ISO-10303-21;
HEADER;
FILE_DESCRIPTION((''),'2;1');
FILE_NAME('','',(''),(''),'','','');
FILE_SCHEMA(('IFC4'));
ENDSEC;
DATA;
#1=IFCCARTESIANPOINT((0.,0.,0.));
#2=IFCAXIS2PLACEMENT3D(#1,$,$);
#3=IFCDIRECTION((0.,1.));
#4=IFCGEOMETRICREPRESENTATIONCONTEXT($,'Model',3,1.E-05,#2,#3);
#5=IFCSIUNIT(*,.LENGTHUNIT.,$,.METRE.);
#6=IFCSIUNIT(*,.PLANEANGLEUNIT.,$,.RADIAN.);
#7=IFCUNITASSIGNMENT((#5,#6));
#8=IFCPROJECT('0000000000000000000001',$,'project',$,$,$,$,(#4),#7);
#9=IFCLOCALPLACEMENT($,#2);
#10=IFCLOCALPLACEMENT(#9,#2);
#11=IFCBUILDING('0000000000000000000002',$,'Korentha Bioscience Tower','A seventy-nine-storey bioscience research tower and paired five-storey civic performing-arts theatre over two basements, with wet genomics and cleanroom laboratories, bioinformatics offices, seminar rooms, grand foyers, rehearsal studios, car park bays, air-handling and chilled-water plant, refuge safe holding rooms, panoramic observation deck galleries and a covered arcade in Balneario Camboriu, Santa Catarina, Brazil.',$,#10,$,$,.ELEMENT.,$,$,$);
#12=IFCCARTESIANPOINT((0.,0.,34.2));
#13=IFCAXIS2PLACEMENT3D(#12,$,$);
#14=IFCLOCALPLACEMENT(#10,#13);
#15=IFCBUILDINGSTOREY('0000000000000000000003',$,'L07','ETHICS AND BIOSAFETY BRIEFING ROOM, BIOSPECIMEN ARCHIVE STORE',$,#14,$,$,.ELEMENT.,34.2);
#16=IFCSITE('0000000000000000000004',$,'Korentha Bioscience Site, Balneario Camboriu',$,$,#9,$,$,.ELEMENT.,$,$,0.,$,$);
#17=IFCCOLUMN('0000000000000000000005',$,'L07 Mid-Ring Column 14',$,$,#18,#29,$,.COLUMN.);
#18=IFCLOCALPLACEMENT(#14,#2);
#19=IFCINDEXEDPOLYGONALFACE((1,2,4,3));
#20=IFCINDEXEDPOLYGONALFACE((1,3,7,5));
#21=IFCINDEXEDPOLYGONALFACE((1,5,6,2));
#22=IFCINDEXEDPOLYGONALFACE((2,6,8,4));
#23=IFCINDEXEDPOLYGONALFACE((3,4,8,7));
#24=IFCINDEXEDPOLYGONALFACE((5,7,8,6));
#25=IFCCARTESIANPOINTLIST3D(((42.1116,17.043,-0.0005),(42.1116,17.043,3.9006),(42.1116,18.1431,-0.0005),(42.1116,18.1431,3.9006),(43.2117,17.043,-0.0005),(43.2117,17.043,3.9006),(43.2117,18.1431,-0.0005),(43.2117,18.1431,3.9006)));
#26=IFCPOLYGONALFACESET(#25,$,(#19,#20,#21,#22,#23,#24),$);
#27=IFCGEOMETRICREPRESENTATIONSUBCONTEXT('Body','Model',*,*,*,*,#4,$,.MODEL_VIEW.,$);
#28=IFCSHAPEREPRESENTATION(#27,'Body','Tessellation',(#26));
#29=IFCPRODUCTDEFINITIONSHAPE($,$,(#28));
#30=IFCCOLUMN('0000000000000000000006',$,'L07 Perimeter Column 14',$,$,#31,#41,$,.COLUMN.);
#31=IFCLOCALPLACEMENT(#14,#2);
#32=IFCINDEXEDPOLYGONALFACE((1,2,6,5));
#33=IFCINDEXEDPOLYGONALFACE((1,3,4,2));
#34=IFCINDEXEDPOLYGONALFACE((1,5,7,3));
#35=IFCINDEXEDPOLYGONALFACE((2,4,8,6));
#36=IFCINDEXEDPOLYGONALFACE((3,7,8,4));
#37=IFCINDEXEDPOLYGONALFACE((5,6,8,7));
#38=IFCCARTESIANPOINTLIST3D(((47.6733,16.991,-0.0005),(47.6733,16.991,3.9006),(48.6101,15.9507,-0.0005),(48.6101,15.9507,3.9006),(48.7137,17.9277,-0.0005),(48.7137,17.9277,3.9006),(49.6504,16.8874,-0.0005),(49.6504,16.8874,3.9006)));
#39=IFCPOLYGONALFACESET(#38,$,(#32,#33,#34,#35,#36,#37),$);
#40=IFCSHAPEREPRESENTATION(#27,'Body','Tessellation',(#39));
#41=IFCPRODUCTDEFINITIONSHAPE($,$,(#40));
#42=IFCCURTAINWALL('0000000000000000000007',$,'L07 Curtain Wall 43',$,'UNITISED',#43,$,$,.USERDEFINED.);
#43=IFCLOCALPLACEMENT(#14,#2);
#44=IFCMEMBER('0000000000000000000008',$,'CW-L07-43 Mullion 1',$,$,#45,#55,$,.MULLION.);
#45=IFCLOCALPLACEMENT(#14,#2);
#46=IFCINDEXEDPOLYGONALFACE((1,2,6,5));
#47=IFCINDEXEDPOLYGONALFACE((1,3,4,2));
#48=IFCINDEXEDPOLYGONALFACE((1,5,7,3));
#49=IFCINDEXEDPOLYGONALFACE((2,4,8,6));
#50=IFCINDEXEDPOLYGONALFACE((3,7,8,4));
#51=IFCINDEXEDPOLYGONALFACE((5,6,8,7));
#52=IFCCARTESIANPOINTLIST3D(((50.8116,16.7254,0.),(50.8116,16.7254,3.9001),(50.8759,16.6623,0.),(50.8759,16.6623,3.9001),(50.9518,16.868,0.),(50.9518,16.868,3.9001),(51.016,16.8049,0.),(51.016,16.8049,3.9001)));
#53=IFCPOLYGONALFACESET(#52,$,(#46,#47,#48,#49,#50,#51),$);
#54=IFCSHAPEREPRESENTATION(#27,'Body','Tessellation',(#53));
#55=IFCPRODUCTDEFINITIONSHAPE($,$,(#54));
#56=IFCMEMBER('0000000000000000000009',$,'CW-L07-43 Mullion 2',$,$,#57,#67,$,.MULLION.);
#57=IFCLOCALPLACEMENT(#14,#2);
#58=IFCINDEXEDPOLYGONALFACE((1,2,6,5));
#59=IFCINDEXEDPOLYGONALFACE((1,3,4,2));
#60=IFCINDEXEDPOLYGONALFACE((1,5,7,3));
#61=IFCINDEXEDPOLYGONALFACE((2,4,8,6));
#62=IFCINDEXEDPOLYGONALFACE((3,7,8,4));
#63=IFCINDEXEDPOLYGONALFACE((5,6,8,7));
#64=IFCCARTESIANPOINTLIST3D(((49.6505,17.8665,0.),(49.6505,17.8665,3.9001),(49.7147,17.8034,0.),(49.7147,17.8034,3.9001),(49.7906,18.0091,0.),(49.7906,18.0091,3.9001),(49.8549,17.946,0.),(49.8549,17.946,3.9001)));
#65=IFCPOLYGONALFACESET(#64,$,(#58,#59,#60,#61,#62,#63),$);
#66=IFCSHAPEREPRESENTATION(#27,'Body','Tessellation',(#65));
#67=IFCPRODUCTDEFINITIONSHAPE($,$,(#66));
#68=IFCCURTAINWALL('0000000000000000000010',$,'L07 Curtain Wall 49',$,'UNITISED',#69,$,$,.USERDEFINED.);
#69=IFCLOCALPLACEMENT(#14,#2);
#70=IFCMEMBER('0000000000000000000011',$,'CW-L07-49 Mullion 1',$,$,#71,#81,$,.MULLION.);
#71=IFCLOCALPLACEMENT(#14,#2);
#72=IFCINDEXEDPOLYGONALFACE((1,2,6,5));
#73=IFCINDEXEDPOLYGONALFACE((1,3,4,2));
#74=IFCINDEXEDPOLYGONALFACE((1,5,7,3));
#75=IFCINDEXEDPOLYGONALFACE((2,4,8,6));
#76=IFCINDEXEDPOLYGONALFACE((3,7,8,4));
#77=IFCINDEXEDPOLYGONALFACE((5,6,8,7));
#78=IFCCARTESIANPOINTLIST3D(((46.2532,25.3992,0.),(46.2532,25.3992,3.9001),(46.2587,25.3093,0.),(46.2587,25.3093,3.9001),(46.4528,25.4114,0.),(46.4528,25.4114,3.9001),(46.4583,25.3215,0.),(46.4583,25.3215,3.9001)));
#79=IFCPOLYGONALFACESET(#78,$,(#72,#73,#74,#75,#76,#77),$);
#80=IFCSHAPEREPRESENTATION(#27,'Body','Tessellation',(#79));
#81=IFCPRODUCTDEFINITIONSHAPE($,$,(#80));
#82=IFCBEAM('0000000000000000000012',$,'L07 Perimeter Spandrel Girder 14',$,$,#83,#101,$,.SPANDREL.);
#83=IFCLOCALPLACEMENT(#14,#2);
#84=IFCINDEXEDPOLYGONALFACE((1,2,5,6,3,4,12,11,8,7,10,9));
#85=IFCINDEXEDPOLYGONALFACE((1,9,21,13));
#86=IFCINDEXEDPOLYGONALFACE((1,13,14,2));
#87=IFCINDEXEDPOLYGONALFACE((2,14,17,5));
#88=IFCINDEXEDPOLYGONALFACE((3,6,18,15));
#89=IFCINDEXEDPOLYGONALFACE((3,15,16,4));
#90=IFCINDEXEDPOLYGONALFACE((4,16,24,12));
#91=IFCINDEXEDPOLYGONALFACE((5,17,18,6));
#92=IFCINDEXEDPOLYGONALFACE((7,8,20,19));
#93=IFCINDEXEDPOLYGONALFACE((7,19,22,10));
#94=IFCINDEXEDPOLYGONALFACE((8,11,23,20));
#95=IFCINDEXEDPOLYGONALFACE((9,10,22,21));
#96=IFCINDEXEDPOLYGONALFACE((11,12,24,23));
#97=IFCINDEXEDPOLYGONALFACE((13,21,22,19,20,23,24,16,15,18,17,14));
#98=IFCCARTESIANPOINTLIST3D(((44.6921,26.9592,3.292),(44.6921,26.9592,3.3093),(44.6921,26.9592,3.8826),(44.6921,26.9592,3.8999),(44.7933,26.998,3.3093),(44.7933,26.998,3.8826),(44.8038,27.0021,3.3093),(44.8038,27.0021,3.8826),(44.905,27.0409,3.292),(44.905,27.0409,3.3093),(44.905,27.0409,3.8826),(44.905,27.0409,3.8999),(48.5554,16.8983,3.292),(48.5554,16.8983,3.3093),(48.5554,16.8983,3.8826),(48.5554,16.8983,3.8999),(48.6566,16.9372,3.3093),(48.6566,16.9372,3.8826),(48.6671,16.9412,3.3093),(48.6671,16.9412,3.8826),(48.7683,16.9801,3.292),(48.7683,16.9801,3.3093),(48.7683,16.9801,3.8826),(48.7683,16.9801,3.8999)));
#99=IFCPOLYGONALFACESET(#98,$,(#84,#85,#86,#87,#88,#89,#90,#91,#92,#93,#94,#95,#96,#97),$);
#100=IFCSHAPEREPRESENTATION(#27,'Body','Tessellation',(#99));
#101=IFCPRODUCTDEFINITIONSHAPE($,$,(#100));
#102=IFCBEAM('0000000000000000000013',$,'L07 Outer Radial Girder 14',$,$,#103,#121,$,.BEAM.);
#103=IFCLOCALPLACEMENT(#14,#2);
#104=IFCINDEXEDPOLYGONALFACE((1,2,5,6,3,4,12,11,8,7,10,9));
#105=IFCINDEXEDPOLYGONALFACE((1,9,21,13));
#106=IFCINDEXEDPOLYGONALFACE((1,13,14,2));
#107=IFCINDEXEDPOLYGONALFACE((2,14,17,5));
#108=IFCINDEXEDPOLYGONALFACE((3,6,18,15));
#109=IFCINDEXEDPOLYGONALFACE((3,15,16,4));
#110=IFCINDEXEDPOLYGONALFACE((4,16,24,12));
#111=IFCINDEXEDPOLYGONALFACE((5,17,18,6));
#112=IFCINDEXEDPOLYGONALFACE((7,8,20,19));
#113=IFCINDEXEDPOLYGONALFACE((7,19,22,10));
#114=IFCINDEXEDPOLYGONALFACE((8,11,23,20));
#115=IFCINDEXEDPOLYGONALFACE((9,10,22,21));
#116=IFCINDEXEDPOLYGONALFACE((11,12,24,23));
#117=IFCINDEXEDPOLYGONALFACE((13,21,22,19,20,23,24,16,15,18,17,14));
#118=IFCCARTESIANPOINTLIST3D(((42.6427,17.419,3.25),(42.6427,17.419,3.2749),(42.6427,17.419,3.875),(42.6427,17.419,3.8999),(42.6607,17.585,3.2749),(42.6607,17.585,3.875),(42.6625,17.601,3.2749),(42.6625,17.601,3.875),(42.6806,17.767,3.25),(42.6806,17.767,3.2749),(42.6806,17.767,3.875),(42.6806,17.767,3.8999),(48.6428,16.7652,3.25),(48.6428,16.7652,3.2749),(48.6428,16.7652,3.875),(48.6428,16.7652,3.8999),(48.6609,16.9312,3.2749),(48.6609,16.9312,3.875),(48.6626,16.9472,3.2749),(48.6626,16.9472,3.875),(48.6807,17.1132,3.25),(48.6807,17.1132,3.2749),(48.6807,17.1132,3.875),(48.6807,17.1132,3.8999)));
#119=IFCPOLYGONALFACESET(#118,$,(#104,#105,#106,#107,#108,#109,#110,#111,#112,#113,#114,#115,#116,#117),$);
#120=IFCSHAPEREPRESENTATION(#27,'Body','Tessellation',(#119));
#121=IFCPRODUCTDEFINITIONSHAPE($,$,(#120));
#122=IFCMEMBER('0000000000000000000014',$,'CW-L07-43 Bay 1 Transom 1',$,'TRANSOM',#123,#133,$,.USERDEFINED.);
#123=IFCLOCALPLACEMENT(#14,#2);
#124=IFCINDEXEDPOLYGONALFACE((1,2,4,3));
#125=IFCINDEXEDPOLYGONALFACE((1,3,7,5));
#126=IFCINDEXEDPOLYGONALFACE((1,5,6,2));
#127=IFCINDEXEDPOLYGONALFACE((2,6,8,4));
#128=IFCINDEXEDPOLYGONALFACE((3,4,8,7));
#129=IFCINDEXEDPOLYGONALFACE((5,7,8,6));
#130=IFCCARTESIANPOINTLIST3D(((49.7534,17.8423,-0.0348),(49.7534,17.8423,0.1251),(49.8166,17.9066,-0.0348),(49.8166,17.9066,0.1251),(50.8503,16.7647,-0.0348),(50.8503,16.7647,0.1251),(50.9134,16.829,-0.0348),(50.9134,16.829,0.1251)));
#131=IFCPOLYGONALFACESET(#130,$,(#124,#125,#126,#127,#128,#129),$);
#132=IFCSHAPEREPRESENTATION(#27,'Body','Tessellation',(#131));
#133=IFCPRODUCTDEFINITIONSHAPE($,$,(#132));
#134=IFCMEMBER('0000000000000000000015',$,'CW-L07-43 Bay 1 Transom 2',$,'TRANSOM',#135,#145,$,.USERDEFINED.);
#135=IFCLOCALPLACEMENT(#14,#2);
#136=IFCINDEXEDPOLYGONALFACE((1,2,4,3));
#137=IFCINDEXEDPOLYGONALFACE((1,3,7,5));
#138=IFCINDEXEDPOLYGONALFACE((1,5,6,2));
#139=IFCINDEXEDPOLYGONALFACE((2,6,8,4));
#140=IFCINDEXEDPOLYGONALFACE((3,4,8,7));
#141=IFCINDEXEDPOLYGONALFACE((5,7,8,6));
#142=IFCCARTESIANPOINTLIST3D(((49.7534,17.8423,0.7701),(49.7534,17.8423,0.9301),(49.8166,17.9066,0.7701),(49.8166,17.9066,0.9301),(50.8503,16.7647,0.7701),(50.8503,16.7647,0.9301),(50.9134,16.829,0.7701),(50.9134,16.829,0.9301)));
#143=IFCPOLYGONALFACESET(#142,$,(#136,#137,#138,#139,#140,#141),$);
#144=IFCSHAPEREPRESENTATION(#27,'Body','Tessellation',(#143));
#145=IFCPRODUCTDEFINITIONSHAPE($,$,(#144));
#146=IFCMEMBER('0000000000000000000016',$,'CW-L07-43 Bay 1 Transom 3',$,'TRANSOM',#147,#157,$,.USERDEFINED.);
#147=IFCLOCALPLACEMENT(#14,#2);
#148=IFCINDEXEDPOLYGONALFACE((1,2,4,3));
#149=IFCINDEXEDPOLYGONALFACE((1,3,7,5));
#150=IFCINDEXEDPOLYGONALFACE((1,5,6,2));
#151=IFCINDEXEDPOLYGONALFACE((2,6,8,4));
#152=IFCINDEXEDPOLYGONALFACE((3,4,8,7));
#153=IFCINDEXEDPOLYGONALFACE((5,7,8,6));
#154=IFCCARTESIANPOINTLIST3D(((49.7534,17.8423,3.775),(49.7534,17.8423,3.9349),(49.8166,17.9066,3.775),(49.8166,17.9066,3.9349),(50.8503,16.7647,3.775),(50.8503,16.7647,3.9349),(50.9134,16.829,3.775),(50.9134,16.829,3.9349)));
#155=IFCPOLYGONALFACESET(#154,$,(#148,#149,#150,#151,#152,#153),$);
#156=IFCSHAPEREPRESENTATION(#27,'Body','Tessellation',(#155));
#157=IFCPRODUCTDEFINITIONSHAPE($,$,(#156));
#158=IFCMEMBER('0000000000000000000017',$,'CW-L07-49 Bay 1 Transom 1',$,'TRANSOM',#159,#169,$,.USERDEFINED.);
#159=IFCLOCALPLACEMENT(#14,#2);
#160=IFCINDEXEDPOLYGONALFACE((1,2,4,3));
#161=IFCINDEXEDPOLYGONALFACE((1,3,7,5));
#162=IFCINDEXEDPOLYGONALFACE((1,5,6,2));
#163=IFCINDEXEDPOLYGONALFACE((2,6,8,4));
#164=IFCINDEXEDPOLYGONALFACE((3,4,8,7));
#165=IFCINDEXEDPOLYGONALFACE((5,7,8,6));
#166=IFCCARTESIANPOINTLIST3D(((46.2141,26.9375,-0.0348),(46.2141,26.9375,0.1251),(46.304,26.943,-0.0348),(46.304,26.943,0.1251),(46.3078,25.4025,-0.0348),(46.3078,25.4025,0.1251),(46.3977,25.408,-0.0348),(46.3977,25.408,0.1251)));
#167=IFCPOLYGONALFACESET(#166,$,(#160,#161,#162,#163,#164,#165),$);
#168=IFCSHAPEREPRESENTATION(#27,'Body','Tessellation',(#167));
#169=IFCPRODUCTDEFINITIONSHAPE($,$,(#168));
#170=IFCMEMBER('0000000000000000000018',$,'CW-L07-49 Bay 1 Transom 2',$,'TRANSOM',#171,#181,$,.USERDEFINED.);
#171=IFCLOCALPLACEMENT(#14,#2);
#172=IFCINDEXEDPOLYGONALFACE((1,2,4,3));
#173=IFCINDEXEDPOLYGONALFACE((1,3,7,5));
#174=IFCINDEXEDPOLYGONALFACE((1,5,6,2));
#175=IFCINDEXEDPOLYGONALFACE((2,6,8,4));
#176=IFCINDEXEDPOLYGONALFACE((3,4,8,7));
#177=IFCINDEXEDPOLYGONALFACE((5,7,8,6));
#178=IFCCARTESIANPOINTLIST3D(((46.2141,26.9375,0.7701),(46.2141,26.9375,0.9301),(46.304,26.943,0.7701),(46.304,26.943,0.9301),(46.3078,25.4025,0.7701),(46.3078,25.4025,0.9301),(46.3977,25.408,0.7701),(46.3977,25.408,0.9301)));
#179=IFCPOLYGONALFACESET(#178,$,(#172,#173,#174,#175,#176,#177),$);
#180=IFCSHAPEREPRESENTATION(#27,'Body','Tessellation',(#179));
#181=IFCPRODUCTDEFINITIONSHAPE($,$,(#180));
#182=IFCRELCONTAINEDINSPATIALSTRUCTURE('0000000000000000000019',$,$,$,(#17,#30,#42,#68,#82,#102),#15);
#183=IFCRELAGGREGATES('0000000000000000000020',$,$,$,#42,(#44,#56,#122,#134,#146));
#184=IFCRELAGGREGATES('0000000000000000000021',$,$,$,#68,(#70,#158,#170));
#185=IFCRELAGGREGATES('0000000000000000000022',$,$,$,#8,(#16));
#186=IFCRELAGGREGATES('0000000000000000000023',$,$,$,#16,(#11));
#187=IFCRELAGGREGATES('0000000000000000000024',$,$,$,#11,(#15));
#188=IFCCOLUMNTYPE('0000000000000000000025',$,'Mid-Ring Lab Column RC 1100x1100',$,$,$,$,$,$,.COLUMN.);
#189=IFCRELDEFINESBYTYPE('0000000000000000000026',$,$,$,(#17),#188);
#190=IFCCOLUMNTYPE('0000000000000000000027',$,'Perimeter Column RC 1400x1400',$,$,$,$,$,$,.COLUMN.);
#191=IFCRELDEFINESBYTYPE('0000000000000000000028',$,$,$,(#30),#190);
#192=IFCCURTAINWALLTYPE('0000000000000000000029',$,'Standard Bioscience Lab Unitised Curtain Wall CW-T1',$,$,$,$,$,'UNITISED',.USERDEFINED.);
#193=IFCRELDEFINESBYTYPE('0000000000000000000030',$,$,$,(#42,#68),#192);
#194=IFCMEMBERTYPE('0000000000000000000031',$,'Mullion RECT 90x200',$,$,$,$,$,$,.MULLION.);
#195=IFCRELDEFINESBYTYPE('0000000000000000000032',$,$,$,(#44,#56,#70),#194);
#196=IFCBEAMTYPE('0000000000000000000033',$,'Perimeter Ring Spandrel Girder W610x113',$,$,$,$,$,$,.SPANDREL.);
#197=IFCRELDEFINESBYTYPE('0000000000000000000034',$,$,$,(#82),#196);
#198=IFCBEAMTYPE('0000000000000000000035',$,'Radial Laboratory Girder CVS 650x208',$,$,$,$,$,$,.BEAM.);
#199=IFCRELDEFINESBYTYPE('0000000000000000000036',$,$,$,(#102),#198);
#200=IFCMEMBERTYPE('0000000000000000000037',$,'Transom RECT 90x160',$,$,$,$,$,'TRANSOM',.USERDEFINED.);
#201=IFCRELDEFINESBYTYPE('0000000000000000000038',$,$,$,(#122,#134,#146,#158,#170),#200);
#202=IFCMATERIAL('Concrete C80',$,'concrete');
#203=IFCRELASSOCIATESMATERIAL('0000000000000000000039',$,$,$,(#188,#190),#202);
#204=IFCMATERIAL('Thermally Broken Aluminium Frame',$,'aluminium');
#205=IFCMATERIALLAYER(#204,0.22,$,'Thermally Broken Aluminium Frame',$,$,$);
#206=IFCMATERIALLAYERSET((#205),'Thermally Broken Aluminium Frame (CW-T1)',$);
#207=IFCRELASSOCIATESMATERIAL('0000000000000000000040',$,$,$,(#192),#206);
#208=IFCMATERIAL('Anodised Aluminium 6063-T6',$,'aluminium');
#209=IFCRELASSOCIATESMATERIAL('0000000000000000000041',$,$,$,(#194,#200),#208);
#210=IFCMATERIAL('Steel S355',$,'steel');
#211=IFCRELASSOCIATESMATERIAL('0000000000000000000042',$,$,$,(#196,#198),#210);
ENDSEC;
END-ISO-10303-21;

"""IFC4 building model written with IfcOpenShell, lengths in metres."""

from ifc_helpers import new_model, si_unit, direction, frame, origin, origin_2d, place, context, subcontext, project, spatial, rectangle, i_section, extrude, material, layer, layer_set, material_profile, profile_set, type_object, element, aggregate, save


model = new_model("IFC4")

# Units and contexts
model_context = context("Model", 3, precision=1e-05, world=origin(), true_north=direction((0.0, 1.0)))
body_context = subcontext(model_context, "Body", "Model", "MODEL_VIEW")
ifc_project = project(units=[si_unit("LENGTHUNIT", "METRE"), si_unit("PLANEANGLEUNIT", "RADIAN")], contexts=[model_context])

# Site, building, storey
site_placement = place(None, origin())
site = spatial("IfcSite", under=ifc_project, at=site_placement, Name="Korentha Bioscience Site, Balneario Camboriu", CompositionType="ELEMENT", RefElevation=0.0)
building_placement = place(site_placement, origin())
building = spatial("IfcBuilding", under=site, at=building_placement, Name="Korentha Bioscience Tower", Description="A seventy-nine-storey bioscience research tower and paired five-storey civic performing-arts theatre over two basements, with wet genomics and cleanroom laboratories, bioinformatics offices, seminar rooms, grand foyers, rehearsal studios, car park bays, air-handling and chilled-water plant, refuge safe holding rooms, panoramic observation deck galleries and a covered arcade in Balneario Camboriu, Santa Catarina, Brazil.", CompositionType="ELEMENT")
storey_placement = place(building_placement, frame((0.0, 0.0, 34.2)))
storey = spatial("IfcBuildingStorey", under=building, at=storey_placement, Name="L07", Description="ETHICS AND BIOSAFETY BRIEFING ROOM, BIOSPECIMEN ARCHIVE STORE", CompositionType="ELEMENT", Elevation=34.2)

# Columns
ifc_material_1 = material(Name="Concrete C80", Category="concrete")
ifc_material_profile_1 = material_profile(ifc_material_1, rectangle(XDim=1.1001, YDim=1.1001, at=origin_2d()), Name="Concrete C80")
ifc_profile_set_1 = profile_set([ifc_material_profile_1], Name="Concrete C80 (COL-MR11)")
column_type_1 = type_object("IfcColumnType", Name="Mid-Ring Lab Column RC 1100x1100", PredefinedType="COLUMN", material=ifc_profile_set_1)
column_1_placement = place(storey_placement, frame((42.6616, 17.593, -0.0005), z_axis=(0.0, 0.0, 1.0), x_axis=(1.0, 0.0, 0.0)))
element("IfcColumn", 1, at=column_1_placement, inside=storey, type_object=column_type_1, Name="L07 Mid-Ring Column 14", PredefinedType="COLUMN", context=body_context, shape_type="SweptSolid", body=[
    extrude(rectangle(XDim=1.1001, YDim=1.1001, at=origin_2d()), origin(), (0.0, 0.0, 1.0), 3.9011),
])
ifc_material_profile_2 = material_profile(ifc_material_1, rectangle(XDim=1.3999, YDim=1.3999, at=origin_2d()), Name="Concrete C80")
ifc_profile_set_2 = profile_set([ifc_material_profile_2], Name="Concrete C80 (COL-P14)")
column_type_2 = type_object("IfcColumnType", Name="Perimeter Column RC 1400x1400", PredefinedType="COLUMN", material=ifc_profile_set_2)
column_2_placement = place(storey_placement, frame((48.6619, 16.9392, -0.0005), z_axis=(0.0, 0.0, 1.0), x_axis=(-0.669131, 0.743145, 0.0)))
element("IfcColumn", 2, at=column_2_placement, inside=storey, type_object=column_type_2, Name="L07 Perimeter Column 14", PredefinedType="COLUMN", context=body_context, shape_type="SweptSolid", body=[
    extrude(rectangle(XDim=1.3999, YDim=1.3999, at=origin_2d()), origin(), (0.0, 0.0, 1.0), 3.9011),
])

# Curtain wall, members
ifc_material_2 = material(Name="Thermally Broken Aluminium Frame", Category="aluminium")
ifc_layer_1 = layer(ifc_material_2, 0.22, Name="Thermally Broken Aluminium Frame")
ifc_layer_set_1 = layer_set([ifc_layer_1], Name="Thermally Broken Aluminium Frame (CW-T1)")
curtain_wall_type = type_object("IfcCurtainWallType", Name="Standard Bioscience Lab Unitised Curtain Wall CW-T1", ElementType="UNITISED", PredefinedType="USERDEFINED", material=ifc_layer_set_1)
curtain_wall_1_placement = place(storey_placement, origin())
curtain_wall_1 = element("IfcCurtainWall", 3, at=curtain_wall_1_placement, inside=storey, type_object=curtain_wall_type, Name="L07 Curtain Wall 43", ObjectType="UNITISED", PredefinedType="USERDEFINED")
ifc_material_3 = material(Name="Anodised Aluminium 6063-T6", Category="aluminium")
ifc_material_profile_3 = material_profile(ifc_material_3, rectangle(XDim=0.0901, YDim=0.2, at=origin_2d()), Name="Anodised Aluminium 6063-T6")
ifc_profile_set_3 = profile_set([ifc_material_profile_3], Name="Anodised Aluminium 6063-T6 (CW-MUL)")
member_type_1 = type_object("IfcMemberType", Name="Mullion RECT 90x200", PredefinedType="MULLION", material=ifc_profile_set_3)
member_1_placement = place(storey_placement, frame((50.9138, 16.7651, 0.0), z_axis=(0.0, 0.0, 1.0), x_axis=(-0.713279, 0.70088, 0.0)))
member_1 = element("IfcMember", 4, at=member_1_placement, type_object=member_type_1, Name="CW-L07-43 Mullion 1", PredefinedType="MULLION", context=body_context, shape_type="SweptSolid", body=[
    extrude(rectangle(XDim=0.0901, YDim=0.2, at=origin_2d()), origin(), (0.0, 0.0, 1.0), 3.9001),
])
member_2_placement = place(storey_placement, frame((49.7527, 17.9062, 0.0), z_axis=(0.0, 0.0, 1.0), x_axis=(-0.713279, 0.70088, 0.0)))
member_2 = element("IfcMember", 5, at=member_2_placement, type_object=member_type_1, Name="CW-L07-43 Mullion 2", PredefinedType="MULLION", context=body_context, shape_type="SweptSolid", body=[
    extrude(rectangle(XDim=0.0901, YDim=0.2, at=origin_2d()), origin(), (0.0, 0.0, 1.0), 3.9001),
])

# Curtain wall, member
curtain_wall_2_placement = place(storey_placement, origin())
curtain_wall_2 = element("IfcCurtainWall", 6, at=curtain_wall_2_placement, inside=storey, type_object=curtain_wall_type, Name="L07 Curtain Wall 49", ObjectType="UNITISED", PredefinedType="USERDEFINED")
member_3_placement = place(storey_placement, frame((46.3557, 25.3604, 0.0), z_axis=(0.0, 0.0, 1.0), x_axis=(-0.061008, 0.998137, 0.0)))
member_3 = element("IfcMember", 7, at=member_3_placement, type_object=member_type_1, Name="CW-L07-49 Mullion 1", PredefinedType="MULLION", context=body_context, shape_type="SweptSolid", body=[
    extrude(rectangle(XDim=0.0901, YDim=0.2, at=origin_2d()), origin(), (0.0, 0.0, 1.0), 3.9001),
])

# Beams
ifc_material_4 = material(Name="Steel S355", Category="steel")
ifc_material_profile_4 = material_profile(ifc_material_4, i_section(OverallWidth=0.228, OverallDepth=0.6079, WebThickness=0.0112, FlangeThickness=0.0173, at=origin_2d()), Name="Steel S355")
ifc_profile_set_4 = profile_set([ifc_material_profile_4], Name="Steel S355 (SB-610)")
beam_type_1 = type_object("IfcBeamType", Name="Perimeter Ring Spandrel Girder W610x113", PredefinedType="SPANDREL", material=ifc_profile_set_4)
beam_1_placement = place(storey_placement, frame((48.6619, 16.9392, 3.5959), z_axis=(-0.358474, 0.93354, 0.0), x_axis=(-0.93354, -0.358474, 0.0)))
element("IfcBeam", 8, at=beam_1_placement, inside=storey, type_object=beam_type_1, Name="L07 Perimeter Spandrel Girder 14", PredefinedType="SPANDREL", context=body_context, shape_type="SweptSolid", body=[
    extrude(i_section(OverallWidth=0.228, OverallDepth=0.6079, WebThickness=0.0112, FlangeThickness=0.0173, at=origin_2d()), origin(), (0.0, 0.0, 1.0), 10.7771),
])
ifc_material_profile_5 = material_profile(ifc_material_4, i_section(OverallWidth=0.3501, OverallDepth=0.6499, WebThickness=0.0161, FlangeThickness=0.0249, at=origin_2d()), Name="Steel S355")
ifc_profile_set_5 = profile_set([ifc_material_profile_5], Name="Steel S355 (RB-650)")
beam_type_2 = type_object("IfcBeamType", Name="Radial Laboratory Girder CVS 650x208", PredefinedType="BEAM", material=ifc_profile_set_5)
beam_2_placement = place(storey_placement, frame((42.6616, 17.593, 3.575), z_axis=(0.994116, -0.108323, 0.0), x_axis=(0.108323, 0.994116, 0.0)))
element("IfcBeam", 9, at=beam_2_placement, inside=storey, type_object=beam_type_2, Name="L07 Outer Radial Girder 14", PredefinedType="BEAM", context=body_context, shape_type="SweptSolid", body=[
    extrude(i_section(OverallWidth=0.3501, OverallDepth=0.6499, WebThickness=0.0161, FlangeThickness=0.0249, at=origin_2d()), origin(), (0.0, 0.0, 1.0), 6.0356),
])

# Members
ifc_material_profile_6 = material_profile(ifc_material_3, rectangle(XDim=0.0901, YDim=0.1599, at=origin_2d()), Name="Anodised Aluminium 6063-T6")
ifc_profile_set_6 = profile_set([ifc_material_profile_6], Name="Anodised Aluminium 6063-T6 (CW-TRN)")
member_type_2 = type_object("IfcMemberType", Name="Transom RECT 90x160", ElementType="TRANSOM", PredefinedType="USERDEFINED", material=ifc_profile_set_6)
member_4_placement = place(storey_placement, frame((50.8818, 16.7969, 0.0452), z_axis=(-0.71335, 0.700808, 0.0), x_axis=(-0.700808, -0.71335, 0.0)))
member_4 = element("IfcMember", 10, at=member_4_placement, type_object=member_type_2, Name="CW-L07-43 Bay 1 Transom 1", ObjectType="TRANSOM", PredefinedType="USERDEFINED", context=body_context, shape_type="SweptSolid", body=[
    extrude(rectangle(XDim=0.0901, YDim=0.1599, at=origin_2d()), origin(), (0.0, 0.0, 1.0), 1.5376),
])
member_5_placement = place(storey_placement, frame((50.8818, 16.7969, 0.8501), z_axis=(-0.71335, 0.700808, 0.0), x_axis=(-0.700808, -0.71335, 0.0)))
member_5 = element("IfcMember", 11, at=member_5_placement, type_object=member_type_2, Name="CW-L07-43 Bay 1 Transom 2", ObjectType="TRANSOM", PredefinedType="USERDEFINED", context=body_context, shape_type="SweptSolid", body=[
    extrude(rectangle(XDim=0.0901, YDim=0.1599, at=origin_2d()), origin(), (0.0, 0.0, 1.0), 1.5376),
])
member_6_placement = place(storey_placement, frame((50.8818, 16.7969, 3.855), z_axis=(-0.71335, 0.700808, 0.0), x_axis=(-0.700808, -0.71335, 0.0)))
member_6 = element("IfcMember", 12, at=member_6_placement, type_object=member_type_2, Name="CW-L07-43 Bay 1 Transom 3", ObjectType="TRANSOM", PredefinedType="USERDEFINED", context=body_context, shape_type="SweptSolid", body=[
    extrude(rectangle(XDim=0.0901, YDim=0.1599, at=origin_2d()), origin(), (0.0, 0.0, 1.0), 1.5376),
])
member_7_placement = place(storey_placement, frame((46.3528, 25.4053, 0.0452), z_axis=(-0.060965, 0.99814, 0.0), x_axis=(-0.99814, -0.060965, 0.0)))
member_7 = element("IfcMember", 13, at=member_7_placement, type_object=member_type_2, Name="CW-L07-49 Bay 1 Transom 1", ObjectType="TRANSOM", PredefinedType="USERDEFINED", context=body_context, shape_type="SweptSolid", body=[
    extrude(rectangle(XDim=0.0901, YDim=0.1599, at=origin_2d()), origin(), (0.0, 0.0, 1.0), 1.5378),
])
member_8_placement = place(storey_placement, frame((46.3528, 25.4053, 0.8501), z_axis=(-0.060965, 0.99814, 0.0), x_axis=(-0.99814, -0.060965, 0.0)))
member_8 = element("IfcMember", 14, at=member_8_placement, type_object=member_type_2, Name="CW-L07-49 Bay 1 Transom 2", ObjectType="TRANSOM", PredefinedType="USERDEFINED", context=body_context, shape_type="SweptSolid", body=[
    extrude(rectangle(XDim=0.0901, YDim=0.1599, at=origin_2d()), origin(), (0.0, 0.0, 1.0), 1.5378),
])

aggregate(curtain_wall_1, [member_1, member_2, member_4, member_5, member_6])
aggregate(curtain_wall_2, [member_3, member_7, member_8])

save(model, "model.ifc")
